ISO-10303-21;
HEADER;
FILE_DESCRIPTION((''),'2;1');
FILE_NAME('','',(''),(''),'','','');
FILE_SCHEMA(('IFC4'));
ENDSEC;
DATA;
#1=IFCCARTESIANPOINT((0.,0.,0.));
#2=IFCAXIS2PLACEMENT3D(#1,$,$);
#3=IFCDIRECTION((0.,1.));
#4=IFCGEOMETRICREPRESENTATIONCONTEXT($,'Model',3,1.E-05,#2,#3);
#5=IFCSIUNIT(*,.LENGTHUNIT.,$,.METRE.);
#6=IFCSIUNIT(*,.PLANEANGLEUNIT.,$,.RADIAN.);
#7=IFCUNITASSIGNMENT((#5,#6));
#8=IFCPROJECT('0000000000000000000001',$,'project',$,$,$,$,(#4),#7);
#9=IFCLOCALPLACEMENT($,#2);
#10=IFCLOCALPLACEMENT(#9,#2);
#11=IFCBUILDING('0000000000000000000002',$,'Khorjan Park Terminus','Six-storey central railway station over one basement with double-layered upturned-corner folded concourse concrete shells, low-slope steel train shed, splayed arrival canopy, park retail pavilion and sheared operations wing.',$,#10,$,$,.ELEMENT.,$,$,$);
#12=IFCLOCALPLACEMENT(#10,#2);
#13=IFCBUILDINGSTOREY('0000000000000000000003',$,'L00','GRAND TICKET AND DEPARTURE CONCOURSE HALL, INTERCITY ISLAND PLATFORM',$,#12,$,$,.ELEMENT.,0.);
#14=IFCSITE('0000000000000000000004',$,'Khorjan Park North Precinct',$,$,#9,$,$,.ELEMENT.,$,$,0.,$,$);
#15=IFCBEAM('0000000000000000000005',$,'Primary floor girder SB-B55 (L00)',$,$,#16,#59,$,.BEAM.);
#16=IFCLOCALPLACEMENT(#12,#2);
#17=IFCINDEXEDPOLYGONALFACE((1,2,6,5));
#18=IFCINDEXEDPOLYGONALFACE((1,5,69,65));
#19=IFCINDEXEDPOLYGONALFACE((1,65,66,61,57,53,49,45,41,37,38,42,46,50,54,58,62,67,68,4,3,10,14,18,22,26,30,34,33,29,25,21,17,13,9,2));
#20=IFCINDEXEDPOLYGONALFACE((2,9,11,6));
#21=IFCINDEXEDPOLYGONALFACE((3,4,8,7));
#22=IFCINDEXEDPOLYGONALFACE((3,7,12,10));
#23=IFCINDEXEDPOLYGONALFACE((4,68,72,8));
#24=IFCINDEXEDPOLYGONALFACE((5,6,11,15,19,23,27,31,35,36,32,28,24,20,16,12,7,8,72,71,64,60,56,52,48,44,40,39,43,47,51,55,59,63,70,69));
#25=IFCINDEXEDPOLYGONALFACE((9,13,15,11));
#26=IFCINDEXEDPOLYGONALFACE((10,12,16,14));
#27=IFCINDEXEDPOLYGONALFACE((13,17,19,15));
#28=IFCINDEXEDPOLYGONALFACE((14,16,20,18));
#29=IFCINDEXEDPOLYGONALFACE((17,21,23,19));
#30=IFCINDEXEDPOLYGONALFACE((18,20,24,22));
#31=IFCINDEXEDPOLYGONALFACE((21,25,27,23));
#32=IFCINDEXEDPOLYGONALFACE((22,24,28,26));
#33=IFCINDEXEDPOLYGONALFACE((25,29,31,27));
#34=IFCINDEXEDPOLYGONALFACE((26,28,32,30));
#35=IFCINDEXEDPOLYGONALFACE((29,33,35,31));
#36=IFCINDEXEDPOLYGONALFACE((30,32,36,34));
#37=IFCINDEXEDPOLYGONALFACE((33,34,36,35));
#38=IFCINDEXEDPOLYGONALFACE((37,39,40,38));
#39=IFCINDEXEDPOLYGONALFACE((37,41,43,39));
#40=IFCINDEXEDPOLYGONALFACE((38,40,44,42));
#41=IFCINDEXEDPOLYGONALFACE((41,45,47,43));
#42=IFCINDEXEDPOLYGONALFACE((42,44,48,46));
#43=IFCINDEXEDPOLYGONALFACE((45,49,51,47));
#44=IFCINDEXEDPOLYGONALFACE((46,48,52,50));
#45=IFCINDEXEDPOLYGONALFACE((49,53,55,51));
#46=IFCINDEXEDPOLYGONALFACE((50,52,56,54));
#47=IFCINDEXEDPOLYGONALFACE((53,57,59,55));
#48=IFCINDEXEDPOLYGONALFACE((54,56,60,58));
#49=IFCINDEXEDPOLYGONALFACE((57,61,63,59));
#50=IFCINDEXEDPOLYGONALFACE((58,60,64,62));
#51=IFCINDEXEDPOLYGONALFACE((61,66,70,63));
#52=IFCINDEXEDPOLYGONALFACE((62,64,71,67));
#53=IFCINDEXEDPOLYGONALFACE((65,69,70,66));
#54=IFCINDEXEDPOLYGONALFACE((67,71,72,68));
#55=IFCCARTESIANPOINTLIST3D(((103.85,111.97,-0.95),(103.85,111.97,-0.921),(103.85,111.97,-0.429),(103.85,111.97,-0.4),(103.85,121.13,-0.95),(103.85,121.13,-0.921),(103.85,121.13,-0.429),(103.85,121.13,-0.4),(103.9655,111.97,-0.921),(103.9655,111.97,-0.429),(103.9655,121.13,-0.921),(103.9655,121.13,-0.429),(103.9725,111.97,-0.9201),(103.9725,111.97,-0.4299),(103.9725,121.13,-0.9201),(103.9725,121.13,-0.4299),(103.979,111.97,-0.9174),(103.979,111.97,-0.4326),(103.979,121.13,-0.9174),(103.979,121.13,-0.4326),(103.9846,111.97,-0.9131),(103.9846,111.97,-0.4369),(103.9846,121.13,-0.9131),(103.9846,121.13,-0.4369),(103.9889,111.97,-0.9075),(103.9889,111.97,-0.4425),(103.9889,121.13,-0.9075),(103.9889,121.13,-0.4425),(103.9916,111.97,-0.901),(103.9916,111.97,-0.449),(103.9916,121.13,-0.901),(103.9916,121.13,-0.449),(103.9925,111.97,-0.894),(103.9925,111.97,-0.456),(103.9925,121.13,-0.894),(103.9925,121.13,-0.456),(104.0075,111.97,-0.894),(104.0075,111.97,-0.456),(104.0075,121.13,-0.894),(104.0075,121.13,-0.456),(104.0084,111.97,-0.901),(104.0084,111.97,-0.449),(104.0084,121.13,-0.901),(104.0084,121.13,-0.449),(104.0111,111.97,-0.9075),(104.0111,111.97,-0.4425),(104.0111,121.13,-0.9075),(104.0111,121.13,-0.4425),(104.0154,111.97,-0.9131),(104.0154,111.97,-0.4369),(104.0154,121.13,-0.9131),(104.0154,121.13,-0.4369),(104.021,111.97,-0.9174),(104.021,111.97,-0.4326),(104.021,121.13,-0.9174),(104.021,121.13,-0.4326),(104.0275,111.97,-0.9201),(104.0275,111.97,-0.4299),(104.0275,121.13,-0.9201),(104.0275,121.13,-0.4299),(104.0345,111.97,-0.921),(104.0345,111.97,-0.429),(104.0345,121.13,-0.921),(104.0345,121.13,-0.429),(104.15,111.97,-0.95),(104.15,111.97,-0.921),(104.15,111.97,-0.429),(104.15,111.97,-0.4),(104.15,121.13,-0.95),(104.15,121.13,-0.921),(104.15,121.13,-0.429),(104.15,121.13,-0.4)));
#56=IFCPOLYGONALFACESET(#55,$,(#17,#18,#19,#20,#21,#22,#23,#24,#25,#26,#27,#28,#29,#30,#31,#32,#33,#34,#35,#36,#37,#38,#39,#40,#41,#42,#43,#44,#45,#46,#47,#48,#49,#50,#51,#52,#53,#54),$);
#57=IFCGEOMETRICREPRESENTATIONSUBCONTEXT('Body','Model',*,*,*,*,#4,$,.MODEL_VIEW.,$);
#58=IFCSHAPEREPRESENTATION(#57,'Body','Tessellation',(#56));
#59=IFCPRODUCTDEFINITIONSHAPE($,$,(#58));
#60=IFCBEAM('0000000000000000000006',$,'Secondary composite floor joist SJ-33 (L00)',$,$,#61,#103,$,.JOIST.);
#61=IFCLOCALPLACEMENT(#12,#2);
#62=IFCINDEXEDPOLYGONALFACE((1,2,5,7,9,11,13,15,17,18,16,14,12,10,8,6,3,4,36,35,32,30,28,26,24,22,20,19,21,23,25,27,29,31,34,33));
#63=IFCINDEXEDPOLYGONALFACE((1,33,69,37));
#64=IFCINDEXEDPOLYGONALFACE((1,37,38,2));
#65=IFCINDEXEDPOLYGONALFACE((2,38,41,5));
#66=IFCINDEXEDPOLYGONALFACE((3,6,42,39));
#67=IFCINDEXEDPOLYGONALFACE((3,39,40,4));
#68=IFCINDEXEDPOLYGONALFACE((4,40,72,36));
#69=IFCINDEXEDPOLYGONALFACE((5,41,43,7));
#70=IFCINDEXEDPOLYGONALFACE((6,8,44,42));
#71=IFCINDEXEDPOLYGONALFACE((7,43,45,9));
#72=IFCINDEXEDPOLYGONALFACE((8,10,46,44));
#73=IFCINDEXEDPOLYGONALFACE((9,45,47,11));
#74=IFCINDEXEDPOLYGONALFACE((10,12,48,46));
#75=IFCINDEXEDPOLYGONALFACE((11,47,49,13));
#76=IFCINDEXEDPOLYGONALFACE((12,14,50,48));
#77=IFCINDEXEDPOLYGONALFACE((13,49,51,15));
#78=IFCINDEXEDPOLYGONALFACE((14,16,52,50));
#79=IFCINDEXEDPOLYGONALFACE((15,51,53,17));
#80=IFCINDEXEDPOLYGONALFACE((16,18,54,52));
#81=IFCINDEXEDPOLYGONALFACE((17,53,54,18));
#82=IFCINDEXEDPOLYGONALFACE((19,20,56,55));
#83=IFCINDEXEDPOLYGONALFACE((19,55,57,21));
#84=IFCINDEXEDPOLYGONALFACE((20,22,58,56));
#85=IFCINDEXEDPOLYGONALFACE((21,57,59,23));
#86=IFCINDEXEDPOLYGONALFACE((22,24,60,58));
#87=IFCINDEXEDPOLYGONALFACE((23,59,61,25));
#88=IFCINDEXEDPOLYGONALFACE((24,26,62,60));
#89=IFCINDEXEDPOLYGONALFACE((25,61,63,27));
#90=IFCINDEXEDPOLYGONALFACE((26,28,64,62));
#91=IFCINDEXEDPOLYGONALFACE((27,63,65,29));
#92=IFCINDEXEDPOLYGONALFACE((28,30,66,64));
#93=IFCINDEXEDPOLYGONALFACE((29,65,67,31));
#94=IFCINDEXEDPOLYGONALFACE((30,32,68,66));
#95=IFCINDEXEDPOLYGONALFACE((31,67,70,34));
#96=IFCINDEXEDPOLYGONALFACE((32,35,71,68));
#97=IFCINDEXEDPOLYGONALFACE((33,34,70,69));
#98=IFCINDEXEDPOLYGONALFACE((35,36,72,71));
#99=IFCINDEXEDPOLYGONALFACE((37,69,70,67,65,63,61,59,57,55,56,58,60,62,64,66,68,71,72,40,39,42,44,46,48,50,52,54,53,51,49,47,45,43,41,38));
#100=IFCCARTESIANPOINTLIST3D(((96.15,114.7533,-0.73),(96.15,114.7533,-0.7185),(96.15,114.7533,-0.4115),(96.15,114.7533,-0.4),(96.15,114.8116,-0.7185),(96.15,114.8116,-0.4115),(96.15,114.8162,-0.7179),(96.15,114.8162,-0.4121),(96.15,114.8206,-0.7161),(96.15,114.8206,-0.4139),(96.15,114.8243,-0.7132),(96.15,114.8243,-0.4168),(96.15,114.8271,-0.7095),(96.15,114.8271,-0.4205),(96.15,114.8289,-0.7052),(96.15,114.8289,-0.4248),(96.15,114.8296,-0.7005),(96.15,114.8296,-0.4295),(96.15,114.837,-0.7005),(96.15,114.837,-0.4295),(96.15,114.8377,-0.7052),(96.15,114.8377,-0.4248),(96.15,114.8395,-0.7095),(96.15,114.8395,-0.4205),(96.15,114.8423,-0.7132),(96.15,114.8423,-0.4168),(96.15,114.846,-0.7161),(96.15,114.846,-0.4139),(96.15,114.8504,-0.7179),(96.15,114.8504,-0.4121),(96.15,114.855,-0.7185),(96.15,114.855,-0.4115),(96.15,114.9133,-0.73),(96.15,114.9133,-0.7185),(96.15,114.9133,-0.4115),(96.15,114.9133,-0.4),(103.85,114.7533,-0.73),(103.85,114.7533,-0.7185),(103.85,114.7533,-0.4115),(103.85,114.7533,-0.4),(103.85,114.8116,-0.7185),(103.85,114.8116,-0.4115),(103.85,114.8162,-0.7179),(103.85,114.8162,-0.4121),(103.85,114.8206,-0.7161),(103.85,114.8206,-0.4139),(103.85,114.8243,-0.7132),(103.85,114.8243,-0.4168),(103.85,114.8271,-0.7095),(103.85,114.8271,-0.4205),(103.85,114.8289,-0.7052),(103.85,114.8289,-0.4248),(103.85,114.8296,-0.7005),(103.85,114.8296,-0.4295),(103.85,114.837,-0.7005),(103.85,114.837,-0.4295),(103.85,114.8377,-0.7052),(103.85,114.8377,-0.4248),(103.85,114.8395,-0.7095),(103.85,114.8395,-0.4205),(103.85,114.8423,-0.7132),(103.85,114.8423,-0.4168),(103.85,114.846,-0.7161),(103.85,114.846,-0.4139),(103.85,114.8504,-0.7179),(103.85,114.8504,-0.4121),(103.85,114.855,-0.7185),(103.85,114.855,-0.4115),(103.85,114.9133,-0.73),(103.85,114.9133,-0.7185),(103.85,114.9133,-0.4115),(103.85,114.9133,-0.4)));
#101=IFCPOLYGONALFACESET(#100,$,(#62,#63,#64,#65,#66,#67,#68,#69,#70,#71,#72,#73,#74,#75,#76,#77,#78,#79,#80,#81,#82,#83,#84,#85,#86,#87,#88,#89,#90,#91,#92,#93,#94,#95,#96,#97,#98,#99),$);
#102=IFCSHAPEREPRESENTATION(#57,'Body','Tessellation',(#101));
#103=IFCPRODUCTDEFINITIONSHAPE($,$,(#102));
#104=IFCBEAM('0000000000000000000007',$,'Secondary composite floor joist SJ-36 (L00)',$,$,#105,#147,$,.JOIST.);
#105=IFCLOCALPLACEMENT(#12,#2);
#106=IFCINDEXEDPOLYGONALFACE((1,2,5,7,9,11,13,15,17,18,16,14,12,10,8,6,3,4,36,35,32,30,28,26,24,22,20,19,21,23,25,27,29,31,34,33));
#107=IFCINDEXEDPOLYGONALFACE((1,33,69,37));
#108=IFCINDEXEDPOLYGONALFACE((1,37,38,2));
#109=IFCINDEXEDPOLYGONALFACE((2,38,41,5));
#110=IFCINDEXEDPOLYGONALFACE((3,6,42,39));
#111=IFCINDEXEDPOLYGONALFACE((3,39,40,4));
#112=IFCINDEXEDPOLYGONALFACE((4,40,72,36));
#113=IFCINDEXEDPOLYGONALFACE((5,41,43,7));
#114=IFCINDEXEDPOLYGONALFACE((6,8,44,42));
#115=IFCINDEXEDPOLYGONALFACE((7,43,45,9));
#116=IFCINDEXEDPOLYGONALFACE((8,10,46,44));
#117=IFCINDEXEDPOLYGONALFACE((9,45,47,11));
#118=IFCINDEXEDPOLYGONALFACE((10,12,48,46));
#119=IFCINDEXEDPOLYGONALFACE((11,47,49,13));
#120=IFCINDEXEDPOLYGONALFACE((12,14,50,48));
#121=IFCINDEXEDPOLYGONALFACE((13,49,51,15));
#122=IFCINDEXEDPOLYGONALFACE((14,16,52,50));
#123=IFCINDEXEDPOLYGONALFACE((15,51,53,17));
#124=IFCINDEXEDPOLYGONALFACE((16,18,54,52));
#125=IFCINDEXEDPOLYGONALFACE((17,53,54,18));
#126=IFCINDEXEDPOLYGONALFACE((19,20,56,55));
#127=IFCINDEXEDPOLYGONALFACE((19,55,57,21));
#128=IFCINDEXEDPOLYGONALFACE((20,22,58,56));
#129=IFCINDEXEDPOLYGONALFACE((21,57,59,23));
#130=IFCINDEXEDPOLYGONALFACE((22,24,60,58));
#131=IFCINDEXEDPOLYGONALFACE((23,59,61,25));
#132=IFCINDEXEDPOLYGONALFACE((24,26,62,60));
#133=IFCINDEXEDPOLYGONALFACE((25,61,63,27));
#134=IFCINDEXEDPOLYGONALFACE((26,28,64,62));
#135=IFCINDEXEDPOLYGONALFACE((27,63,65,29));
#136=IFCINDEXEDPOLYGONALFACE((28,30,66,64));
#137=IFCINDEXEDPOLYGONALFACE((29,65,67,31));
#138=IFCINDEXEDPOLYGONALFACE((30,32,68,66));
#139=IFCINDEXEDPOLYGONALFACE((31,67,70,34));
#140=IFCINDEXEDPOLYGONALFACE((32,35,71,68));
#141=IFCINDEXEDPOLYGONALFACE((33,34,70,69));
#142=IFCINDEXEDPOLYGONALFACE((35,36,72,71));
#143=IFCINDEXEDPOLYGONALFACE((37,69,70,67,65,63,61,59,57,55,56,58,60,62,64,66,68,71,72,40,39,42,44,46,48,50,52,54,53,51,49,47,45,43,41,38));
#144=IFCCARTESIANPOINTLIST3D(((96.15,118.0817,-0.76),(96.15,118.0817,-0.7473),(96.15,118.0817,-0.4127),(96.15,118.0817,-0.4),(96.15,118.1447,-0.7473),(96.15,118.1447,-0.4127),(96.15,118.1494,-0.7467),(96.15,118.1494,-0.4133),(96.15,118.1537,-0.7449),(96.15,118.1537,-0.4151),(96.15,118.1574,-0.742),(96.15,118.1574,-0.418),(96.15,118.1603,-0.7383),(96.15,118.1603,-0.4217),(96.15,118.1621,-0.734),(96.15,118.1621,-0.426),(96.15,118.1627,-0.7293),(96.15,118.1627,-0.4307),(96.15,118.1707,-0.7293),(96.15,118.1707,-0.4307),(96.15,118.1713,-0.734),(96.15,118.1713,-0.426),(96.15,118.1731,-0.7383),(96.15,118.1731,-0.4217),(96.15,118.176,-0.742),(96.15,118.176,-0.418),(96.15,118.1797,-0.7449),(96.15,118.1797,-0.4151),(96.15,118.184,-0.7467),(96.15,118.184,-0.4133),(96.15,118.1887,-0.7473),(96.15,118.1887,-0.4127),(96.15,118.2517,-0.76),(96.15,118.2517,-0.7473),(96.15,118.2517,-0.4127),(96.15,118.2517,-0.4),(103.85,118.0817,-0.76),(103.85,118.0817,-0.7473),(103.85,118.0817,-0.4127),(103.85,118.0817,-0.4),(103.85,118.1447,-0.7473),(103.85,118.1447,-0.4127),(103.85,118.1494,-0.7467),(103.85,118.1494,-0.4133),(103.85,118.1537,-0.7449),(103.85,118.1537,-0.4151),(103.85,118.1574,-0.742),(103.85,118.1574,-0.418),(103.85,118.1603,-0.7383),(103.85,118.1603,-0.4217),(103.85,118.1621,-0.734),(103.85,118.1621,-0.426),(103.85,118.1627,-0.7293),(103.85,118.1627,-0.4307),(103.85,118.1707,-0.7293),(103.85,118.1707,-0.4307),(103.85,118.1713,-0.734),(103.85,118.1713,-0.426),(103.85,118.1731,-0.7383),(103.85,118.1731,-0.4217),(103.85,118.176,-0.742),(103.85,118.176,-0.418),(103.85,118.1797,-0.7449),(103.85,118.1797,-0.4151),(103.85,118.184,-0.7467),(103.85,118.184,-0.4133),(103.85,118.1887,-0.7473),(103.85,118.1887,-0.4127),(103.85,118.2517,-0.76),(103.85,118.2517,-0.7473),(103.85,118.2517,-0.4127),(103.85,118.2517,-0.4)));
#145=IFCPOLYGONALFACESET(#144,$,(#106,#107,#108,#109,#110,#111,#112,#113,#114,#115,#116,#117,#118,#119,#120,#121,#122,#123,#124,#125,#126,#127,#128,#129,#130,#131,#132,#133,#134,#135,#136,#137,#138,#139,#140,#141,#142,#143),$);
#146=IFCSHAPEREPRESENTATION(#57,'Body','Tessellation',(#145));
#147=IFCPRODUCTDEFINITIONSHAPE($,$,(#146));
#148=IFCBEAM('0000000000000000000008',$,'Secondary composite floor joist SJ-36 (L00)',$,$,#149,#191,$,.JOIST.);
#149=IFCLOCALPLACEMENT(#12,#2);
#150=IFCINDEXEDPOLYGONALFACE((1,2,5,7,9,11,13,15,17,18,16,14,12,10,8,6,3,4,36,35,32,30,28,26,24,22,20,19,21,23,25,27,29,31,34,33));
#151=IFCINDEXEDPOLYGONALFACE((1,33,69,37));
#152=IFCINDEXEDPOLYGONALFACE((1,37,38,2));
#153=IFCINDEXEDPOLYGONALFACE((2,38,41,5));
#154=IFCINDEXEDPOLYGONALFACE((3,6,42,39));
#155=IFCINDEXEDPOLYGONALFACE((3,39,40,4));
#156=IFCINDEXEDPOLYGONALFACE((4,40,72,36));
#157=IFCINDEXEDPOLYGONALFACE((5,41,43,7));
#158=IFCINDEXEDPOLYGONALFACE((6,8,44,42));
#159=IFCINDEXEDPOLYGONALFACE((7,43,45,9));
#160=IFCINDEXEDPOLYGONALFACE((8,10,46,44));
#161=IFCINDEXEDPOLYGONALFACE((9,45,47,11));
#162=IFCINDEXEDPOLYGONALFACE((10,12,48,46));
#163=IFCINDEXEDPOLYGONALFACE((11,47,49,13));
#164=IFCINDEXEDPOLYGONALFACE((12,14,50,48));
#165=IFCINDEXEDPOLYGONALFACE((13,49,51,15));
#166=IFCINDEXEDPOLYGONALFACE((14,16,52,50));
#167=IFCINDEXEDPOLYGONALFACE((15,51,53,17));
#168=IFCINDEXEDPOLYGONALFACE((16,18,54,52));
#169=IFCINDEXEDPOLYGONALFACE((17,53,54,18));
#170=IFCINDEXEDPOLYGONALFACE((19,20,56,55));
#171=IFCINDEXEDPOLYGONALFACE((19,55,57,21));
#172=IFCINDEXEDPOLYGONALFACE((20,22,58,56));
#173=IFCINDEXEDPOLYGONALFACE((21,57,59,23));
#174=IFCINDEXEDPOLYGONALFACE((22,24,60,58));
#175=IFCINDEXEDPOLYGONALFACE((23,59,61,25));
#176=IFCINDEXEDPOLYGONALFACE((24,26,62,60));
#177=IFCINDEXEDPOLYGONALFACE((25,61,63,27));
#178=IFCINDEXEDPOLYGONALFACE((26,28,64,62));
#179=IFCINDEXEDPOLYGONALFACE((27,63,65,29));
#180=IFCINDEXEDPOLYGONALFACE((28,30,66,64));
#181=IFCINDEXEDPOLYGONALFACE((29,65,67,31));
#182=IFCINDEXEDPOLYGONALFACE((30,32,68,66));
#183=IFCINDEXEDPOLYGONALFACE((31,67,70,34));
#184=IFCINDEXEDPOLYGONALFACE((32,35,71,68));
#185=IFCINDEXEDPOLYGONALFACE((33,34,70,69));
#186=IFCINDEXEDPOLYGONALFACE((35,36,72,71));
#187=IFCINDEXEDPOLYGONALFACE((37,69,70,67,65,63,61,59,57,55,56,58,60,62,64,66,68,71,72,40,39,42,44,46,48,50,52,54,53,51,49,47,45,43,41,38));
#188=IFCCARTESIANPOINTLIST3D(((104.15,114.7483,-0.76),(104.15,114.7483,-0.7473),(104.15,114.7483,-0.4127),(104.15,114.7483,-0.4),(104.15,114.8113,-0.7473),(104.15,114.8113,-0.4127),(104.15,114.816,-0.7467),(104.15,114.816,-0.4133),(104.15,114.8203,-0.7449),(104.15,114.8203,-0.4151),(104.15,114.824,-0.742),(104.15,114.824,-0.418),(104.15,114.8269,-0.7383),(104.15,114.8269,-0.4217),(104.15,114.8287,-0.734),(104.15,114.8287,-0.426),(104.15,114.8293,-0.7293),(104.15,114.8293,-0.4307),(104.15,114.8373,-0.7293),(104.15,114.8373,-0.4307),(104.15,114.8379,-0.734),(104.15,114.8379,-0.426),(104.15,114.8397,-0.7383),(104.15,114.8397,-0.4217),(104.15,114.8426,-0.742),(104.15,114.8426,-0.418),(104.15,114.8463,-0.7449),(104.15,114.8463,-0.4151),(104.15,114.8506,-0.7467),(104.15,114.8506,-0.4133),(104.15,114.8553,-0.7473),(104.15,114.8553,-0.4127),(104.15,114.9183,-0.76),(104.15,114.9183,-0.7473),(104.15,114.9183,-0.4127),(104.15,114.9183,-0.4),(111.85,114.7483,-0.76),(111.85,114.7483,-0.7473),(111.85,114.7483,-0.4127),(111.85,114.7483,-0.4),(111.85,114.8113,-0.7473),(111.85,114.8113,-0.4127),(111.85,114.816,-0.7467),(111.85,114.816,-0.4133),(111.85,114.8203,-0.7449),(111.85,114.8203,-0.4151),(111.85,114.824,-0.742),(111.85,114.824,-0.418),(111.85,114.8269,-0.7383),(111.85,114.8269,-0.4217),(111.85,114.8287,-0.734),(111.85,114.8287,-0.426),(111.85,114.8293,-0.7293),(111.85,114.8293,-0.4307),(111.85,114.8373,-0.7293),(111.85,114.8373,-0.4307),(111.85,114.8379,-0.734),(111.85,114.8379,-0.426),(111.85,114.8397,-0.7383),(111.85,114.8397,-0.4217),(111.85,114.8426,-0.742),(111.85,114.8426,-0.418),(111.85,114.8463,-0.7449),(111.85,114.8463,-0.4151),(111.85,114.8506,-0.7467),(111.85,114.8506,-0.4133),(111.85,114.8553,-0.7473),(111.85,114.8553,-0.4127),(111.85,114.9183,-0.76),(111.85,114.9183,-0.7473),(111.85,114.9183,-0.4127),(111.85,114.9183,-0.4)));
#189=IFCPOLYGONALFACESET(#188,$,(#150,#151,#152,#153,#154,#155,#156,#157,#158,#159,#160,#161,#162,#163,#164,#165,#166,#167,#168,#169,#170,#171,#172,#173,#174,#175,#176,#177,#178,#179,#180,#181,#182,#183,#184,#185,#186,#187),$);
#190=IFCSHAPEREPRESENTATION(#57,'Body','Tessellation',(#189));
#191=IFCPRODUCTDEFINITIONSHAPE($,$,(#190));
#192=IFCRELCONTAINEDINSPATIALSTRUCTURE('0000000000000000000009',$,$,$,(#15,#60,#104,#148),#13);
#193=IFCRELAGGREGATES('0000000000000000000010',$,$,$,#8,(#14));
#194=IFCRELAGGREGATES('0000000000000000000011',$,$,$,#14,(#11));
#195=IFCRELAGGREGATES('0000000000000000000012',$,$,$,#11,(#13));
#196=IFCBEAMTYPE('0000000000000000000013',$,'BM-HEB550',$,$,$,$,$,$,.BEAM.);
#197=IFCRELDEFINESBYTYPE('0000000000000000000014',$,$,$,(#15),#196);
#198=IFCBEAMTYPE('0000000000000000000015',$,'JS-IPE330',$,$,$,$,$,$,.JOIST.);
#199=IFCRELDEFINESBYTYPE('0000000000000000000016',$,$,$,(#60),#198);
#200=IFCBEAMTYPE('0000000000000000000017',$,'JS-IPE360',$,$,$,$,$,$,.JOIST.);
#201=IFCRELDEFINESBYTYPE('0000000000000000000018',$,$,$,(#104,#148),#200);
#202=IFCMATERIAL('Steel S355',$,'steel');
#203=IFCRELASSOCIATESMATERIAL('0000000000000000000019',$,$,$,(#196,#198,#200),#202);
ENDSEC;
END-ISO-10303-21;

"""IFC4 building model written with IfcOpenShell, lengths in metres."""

from ifc_helpers import new_model, si_unit, direction, frame, origin, origin_2d, place, context, subcontext, project, spatial, i_section, extrude, material, material_profile, profile_set, type_object, element, save


model = new_model("IFC4")

# Units and contexts
model_context = context("Model", 3, precision=1e-05, world=origin(), true_north=direction((0.0, 1.0)))
body_context = subcontext(model_context, "Body", "Model", "MODEL_VIEW")
ifc_project = project(units=[si_unit("LENGTHUNIT", "METRE"), si_unit("PLANEANGLEUNIT", "RADIAN")], contexts=[model_context])

# Site, building, storey
site_placement = place(None, origin())
site = spatial("IfcSite", under=ifc_project, at=site_placement, Name="Khorjan Park North Precinct", CompositionType="ELEMENT", RefElevation=0.0)
building_placement = place(site_placement, origin())
building = spatial("IfcBuilding", under=site, at=building_placement, Name="Khorjan Park Terminus", Description="Six-storey central railway station over one basement with double-layered upturned-corner folded concourse concrete shells, low-slope steel train shed, splayed arrival canopy, park retail pavilion and sheared operations wing.", CompositionType="ELEMENT")
storey_placement = place(building_placement, origin())
storey = spatial("IfcBuildingStorey", under=building, at=storey_placement, Name="L00", Description="GRAND TICKET AND DEPARTURE CONCOURSE HALL, INTERCITY ISLAND PLATFORM", CompositionType="ELEMENT", Elevation=0.0)

# Beams
ifc_material_1 = material(Name="Steel S355", Category="steel")
ifc_material_profile_1 = material_profile(ifc_material_1, i_section(OverallWidth=0.3, OverallDepth=0.55, WebThickness=0.015, FlangeThickness=0.029, FilletRadius=0.027, at=origin_2d()), Name="HEB 550")
ifc_profile_set_1 = profile_set([ifc_material_profile_1], Name="Steel S355")
beam_type_1 = type_object("IfcBeamType", Name="BM-HEB550", PredefinedType="BEAM", material=ifc_profile_set_1)
beam_1_placement = place(storey_placement, frame((104.0, 111.97, -0.675), z_axis=(0.0, 1.0, 0.0), x_axis=(-1.0, 0.0, 0.0)))
element("IfcBeam", 1, at=beam_1_placement, inside=storey, type_object=beam_type_1, Name="Primary floor girder SB-B55 (L00)", PredefinedType="BEAM", context=body_context, shape_type="SweptSolid", body=[
    extrude(i_section(OverallWidth=0.3, OverallDepth=0.55, WebThickness=0.015, FlangeThickness=0.029, FilletRadius=0.027, at=origin_2d()), origin(), (0.0, 0.0, 1.0), 9.16),
])
ifc_material_profile_2 = material_profile(ifc_material_1, i_section(OverallWidth=0.16, OverallDepth=0.33, WebThickness=0.0075, FlangeThickness=0.0115, FilletRadius=0.018, at=origin_2d()), Name="IPE 330")
ifc_profile_set_2 = profile_set([ifc_material_profile_2], Name="Steel S355")
beam_type_2 = type_object("IfcBeamType", Name="JS-IPE330", PredefinedType="JOIST", material=ifc_profile_set_2)
beam_2_placement = place(storey_placement, frame((96.15, 114.8333, -0.565), z_axis=(1.0, 0.0, 0.0), x_axis=(0.0, 1.0, 0.0)))
element("IfcBeam", 2, at=beam_2_placement, inside=storey, type_object=beam_type_2, Name="Secondary composite floor joist SJ-33 (L00)", PredefinedType="JOIST", context=body_context, shape_type="SweptSolid", body=[
    extrude(i_section(OverallWidth=0.16, OverallDepth=0.33, WebThickness=0.0075, FlangeThickness=0.0115, FilletRadius=0.018, at=origin_2d()), origin(), (0.0, 0.0, 1.0), 7.7),
])
ifc_material_profile_3 = material_profile(ifc_material_1, i_section(OverallWidth=0.17, OverallDepth=0.36, WebThickness=0.008, FlangeThickness=0.0127, FilletRadius=0.018, at=origin_2d()), Name="IPE 360")
ifc_profile_set_3 = profile_set([ifc_material_profile_3], Name="Steel S355")
beam_type_3 = type_object("IfcBeamType", Name="JS-IPE360", PredefinedType="JOIST", material=ifc_profile_set_3)
for number, where, z_axis, x_axis, name in (
    (3, (96.15, 118.1667, -0.58), (1.0, 0.0, 0.0), (0.0, 1.0, 0.0), "Secondary composite floor joist SJ-36 (L00)"),
    (4, (104.15, 114.8333, -0.58), (1.0, 0.0, 0.0), (0.0, 1.0, 0.0), "Secondary composite floor joist SJ-36 (L00)"),
):
    element("IfcBeam", number, at=place(storey_placement, frame(where, z_axis=z_axis, x_axis=x_axis)), inside=storey, type_object=beam_type_3, Name=name, PredefinedType="JOIST", context=body_context, shape_type="SweptSolid", body=[
        extrude(i_section(OverallWidth=0.17, OverallDepth=0.36, WebThickness=0.008, FlangeThickness=0.0127, FilletRadius=0.018, at=origin_2d()), origin(), (0.0, 0.0, 1.0), 7.7),
    ])

save(model, "model.ifc")
